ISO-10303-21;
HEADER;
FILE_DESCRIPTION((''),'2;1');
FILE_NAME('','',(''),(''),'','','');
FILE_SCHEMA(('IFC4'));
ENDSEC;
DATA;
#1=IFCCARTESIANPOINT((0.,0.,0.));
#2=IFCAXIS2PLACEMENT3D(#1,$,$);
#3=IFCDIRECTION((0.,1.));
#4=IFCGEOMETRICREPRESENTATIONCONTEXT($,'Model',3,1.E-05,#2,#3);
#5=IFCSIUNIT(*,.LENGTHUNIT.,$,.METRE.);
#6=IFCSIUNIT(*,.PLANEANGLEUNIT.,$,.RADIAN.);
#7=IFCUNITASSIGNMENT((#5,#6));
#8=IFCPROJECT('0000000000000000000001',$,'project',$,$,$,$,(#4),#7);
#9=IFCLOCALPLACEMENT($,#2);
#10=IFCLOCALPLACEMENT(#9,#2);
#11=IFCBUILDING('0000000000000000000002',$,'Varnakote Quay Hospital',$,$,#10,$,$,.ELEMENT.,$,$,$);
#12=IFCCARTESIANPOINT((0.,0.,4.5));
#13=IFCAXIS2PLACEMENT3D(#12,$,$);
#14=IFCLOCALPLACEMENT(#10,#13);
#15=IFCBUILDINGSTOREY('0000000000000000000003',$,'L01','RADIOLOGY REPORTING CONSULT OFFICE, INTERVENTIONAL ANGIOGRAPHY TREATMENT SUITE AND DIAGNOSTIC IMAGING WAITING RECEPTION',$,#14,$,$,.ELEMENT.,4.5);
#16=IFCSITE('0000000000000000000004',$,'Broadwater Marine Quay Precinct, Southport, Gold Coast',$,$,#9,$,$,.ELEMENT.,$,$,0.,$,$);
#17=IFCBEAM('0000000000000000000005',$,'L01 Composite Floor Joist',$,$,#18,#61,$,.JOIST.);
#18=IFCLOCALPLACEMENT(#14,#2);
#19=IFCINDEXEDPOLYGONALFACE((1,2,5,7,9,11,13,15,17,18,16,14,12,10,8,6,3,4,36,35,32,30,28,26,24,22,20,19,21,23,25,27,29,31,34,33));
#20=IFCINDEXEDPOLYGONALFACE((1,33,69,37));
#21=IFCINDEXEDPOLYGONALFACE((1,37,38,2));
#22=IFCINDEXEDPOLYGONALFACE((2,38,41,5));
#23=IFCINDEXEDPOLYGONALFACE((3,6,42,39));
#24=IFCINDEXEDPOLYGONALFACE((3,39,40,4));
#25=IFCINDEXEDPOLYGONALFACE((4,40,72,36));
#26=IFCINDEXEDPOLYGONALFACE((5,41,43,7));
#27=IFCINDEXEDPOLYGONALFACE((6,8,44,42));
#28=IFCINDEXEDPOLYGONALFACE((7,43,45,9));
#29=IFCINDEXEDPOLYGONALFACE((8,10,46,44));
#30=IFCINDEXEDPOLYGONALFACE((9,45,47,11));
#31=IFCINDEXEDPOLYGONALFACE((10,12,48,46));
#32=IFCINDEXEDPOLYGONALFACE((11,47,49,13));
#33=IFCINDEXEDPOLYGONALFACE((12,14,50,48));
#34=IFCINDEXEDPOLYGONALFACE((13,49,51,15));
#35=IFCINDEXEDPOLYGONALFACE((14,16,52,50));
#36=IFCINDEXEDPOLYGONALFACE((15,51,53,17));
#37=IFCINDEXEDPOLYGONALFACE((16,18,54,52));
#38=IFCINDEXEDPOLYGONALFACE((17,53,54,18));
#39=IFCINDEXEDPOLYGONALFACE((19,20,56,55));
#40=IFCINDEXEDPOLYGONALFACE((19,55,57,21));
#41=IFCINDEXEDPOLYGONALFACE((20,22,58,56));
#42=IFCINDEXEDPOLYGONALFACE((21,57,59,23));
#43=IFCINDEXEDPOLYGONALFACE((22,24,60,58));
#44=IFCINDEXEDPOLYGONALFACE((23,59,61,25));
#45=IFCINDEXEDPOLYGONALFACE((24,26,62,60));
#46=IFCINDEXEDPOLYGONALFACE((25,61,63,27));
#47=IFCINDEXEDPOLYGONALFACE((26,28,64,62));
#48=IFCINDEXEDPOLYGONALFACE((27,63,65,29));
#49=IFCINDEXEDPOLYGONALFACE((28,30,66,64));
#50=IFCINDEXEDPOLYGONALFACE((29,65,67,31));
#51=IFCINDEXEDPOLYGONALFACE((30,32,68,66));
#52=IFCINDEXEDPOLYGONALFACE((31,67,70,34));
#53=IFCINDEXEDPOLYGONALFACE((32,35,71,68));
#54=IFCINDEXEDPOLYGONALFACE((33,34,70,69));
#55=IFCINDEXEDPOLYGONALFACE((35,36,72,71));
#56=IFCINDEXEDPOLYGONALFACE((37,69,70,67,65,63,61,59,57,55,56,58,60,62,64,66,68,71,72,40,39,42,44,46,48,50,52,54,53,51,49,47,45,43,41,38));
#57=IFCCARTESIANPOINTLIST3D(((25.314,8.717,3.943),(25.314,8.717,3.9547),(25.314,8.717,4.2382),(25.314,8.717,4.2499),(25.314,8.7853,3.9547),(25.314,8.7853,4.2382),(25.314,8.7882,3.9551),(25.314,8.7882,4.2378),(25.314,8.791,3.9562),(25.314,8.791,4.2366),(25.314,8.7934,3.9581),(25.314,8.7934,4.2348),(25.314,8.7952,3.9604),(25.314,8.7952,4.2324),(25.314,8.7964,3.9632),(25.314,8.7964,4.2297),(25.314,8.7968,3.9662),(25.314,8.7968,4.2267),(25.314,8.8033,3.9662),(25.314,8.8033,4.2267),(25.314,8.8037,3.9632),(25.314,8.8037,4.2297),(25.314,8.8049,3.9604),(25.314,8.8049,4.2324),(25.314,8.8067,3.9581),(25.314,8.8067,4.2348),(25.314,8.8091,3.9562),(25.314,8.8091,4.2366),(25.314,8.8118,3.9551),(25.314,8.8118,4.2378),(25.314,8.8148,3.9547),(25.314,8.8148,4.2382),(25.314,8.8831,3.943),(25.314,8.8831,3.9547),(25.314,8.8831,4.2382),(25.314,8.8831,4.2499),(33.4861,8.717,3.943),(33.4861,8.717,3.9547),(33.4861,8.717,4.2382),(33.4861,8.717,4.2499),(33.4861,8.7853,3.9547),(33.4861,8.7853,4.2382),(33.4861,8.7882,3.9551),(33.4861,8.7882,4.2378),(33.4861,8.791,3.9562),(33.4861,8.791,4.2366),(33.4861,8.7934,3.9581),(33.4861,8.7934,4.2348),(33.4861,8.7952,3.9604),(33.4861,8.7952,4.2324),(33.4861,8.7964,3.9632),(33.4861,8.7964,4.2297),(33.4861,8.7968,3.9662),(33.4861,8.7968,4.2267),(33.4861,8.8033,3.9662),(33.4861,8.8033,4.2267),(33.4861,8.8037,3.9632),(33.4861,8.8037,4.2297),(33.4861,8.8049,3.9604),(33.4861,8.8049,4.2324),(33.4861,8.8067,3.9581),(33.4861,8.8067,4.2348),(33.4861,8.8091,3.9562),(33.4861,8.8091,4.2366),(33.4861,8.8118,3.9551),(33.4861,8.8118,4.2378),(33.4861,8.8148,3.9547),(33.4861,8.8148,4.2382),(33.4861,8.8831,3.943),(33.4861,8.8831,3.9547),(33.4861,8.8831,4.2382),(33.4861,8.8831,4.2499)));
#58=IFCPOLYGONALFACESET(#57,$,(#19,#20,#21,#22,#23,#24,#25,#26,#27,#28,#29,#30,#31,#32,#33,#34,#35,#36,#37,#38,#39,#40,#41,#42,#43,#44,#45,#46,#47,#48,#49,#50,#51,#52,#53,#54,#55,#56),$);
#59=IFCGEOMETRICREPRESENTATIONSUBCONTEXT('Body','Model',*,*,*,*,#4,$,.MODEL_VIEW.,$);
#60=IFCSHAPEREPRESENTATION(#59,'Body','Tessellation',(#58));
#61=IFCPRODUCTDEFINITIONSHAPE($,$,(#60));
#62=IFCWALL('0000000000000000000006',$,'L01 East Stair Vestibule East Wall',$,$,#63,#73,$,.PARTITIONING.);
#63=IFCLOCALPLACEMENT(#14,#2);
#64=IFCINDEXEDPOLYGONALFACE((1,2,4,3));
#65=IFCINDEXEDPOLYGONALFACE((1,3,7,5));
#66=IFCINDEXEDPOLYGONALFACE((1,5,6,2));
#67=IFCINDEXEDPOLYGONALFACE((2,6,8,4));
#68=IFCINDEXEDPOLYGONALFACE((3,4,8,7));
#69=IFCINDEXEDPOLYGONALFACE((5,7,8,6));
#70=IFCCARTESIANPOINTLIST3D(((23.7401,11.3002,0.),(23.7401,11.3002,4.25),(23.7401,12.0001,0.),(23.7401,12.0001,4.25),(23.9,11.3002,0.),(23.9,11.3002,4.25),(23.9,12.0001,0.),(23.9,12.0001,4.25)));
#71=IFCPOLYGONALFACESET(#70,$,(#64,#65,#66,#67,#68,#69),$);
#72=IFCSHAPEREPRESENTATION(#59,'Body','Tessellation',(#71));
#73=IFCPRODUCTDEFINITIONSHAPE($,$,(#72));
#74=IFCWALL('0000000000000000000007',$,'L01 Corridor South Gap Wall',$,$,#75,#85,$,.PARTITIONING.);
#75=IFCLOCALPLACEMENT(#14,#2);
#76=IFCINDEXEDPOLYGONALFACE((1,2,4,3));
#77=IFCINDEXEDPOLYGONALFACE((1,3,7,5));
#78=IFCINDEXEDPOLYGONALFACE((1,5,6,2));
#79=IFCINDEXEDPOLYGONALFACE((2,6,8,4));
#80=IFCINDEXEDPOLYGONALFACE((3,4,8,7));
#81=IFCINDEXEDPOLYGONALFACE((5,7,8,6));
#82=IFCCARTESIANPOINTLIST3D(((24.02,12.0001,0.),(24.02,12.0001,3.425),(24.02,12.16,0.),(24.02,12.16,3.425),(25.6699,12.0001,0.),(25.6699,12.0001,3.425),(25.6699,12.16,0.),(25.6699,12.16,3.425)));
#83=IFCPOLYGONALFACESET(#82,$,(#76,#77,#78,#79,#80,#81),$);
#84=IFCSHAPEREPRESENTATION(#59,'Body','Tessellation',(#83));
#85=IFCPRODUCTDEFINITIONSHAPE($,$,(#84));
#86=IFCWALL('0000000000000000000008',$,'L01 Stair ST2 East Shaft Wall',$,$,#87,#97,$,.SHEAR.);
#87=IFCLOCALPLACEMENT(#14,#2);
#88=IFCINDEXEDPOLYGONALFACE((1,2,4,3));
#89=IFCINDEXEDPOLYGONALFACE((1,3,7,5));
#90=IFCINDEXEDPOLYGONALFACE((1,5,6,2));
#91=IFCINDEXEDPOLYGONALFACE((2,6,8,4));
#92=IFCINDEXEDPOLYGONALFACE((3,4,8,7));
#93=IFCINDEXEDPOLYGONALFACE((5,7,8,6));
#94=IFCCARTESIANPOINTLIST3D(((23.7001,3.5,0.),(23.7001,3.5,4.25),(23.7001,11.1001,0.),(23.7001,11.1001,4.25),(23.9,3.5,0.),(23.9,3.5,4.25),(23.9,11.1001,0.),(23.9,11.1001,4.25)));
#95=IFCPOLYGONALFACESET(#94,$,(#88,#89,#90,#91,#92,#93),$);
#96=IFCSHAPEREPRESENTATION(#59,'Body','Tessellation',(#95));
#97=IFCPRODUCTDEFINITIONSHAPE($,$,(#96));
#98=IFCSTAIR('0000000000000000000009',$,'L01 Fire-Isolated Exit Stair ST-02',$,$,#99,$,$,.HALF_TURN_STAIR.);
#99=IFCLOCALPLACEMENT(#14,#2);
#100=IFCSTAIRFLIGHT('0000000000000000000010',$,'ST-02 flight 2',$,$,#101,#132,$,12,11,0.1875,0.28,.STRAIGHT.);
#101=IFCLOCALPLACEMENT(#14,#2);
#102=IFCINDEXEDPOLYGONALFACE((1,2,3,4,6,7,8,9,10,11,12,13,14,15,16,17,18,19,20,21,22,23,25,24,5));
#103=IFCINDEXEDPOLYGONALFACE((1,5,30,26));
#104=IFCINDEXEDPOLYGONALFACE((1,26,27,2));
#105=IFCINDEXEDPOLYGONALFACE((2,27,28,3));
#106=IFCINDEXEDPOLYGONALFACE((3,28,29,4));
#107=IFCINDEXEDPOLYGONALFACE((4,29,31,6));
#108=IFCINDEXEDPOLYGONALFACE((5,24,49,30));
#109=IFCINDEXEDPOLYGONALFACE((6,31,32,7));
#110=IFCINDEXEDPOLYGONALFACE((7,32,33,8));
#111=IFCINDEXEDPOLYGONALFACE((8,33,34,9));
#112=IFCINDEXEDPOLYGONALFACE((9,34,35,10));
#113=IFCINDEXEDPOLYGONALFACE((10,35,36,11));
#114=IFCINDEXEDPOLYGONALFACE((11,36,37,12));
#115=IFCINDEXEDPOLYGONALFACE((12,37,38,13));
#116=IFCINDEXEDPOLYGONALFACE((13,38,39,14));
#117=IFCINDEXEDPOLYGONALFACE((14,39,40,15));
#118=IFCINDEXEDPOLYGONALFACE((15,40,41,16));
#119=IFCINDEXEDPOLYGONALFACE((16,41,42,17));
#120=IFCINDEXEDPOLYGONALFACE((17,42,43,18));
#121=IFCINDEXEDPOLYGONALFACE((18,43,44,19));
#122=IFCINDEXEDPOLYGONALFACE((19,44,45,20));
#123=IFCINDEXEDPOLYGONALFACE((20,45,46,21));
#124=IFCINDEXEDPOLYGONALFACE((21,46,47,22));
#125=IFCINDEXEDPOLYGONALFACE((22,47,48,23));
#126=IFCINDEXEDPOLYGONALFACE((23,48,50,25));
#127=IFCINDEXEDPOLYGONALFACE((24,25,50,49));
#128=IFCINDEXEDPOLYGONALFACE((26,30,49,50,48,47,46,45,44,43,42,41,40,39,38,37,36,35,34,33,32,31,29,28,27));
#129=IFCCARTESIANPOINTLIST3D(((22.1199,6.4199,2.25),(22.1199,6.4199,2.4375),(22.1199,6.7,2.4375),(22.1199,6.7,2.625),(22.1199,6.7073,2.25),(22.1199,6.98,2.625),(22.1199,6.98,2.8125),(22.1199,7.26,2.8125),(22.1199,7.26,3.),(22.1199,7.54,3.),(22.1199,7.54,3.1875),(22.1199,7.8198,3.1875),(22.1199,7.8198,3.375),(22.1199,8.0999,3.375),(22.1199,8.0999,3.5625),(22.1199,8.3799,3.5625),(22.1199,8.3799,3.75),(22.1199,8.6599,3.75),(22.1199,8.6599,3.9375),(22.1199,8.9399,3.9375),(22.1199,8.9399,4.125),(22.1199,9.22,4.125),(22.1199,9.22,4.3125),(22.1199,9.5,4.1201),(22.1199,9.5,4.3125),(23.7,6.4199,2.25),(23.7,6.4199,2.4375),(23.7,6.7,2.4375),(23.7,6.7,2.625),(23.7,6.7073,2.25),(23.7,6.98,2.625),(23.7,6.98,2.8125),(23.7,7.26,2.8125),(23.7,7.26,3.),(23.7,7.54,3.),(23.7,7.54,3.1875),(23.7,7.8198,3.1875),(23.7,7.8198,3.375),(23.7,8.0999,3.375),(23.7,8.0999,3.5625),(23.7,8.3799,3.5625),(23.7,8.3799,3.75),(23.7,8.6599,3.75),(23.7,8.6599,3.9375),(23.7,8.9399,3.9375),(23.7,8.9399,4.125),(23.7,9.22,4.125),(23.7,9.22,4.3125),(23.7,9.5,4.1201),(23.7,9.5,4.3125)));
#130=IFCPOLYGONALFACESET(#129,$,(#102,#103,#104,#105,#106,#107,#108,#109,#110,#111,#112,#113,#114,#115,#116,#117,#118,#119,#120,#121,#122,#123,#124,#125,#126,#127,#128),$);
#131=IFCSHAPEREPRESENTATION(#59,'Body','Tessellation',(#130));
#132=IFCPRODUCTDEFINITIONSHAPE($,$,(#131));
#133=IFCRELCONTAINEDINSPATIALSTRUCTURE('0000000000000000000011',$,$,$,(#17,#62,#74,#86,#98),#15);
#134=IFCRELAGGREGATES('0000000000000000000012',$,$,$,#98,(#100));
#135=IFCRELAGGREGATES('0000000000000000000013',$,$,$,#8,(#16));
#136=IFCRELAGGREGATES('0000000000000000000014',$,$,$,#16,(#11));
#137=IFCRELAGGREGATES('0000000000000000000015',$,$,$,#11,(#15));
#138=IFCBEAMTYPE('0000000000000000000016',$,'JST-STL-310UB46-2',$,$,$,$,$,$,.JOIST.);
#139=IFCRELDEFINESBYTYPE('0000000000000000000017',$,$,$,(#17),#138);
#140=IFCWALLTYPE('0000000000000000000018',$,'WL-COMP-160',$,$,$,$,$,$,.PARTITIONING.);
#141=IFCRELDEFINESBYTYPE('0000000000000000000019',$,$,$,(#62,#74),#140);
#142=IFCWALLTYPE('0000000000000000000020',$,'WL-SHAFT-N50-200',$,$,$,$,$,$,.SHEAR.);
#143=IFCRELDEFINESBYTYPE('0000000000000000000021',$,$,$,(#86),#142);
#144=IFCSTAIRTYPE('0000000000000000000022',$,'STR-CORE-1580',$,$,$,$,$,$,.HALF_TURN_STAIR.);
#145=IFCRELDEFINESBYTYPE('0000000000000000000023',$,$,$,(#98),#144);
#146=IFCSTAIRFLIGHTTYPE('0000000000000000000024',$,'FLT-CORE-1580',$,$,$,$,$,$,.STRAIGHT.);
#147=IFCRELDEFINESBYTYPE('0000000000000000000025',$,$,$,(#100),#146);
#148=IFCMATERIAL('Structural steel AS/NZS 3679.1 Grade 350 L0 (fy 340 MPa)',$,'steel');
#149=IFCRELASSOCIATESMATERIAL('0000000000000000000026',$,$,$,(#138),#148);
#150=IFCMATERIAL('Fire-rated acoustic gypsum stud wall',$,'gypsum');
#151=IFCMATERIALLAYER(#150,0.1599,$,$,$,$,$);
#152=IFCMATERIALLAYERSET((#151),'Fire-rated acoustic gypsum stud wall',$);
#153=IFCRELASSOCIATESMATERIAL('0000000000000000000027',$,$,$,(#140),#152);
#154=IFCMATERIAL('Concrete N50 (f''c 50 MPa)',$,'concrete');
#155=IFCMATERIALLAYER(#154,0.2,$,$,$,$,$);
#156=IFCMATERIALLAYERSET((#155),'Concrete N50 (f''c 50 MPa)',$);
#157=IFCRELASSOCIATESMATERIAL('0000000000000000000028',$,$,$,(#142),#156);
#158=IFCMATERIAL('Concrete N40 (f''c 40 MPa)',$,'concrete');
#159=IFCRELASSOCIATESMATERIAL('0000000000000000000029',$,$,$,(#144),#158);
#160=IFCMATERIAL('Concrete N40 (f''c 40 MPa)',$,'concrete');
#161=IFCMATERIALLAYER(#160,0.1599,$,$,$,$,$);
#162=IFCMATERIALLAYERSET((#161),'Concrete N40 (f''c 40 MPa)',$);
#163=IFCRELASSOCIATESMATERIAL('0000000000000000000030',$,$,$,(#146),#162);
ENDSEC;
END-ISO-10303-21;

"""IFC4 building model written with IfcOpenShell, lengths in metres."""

from ifc_helpers import new_model, si_unit, direction, frame, frame_2d, origin, origin_2d, place, context, subcontext, project, spatial, polyline, rectangle, i_section, outline, extrude, material, layer, layer_set, material_profile, profile_set, type_object, element, aggregate, save


model = new_model("IFC4")

# Units and contexts
model_context = context("Model", 3, precision=1e-05, world=origin(), true_north=direction((0.0, 1.0)))
body_context = subcontext(model_context, "Body", "Model", "MODEL_VIEW")
ifc_project = project(units=[si_unit("LENGTHUNIT", "METRE"), si_unit("PLANEANGLEUNIT", "RADIAN")], contexts=[model_context])

# Site, building, storey
site_placement = place(None, origin())
site = spatial("IfcSite", under=ifc_project, at=site_placement, Name="Broadwater Marine Quay Precinct, Southport, Gold Coast", CompositionType="ELEMENT", RefElevation=0.0)
building_placement = place(site_placement, origin())
building = spatial("IfcBuilding", under=site, at=building_placement, Name="Varnakote Quay Hospital", CompositionType="ELEMENT")
storey_placement = place(building_placement, frame((0.0, 0.0, 4.5)))
storey = spatial("IfcBuildingStorey", under=building, at=storey_placement, Name="L01", Description="RADIOLOGY REPORTING CONSULT OFFICE, INTERVENTIONAL ANGIOGRAPHY TREATMENT SUITE AND DIAGNOSTIC IMAGING WAITING RECEPTION", CompositionType="ELEMENT", Elevation=4.5)

# Beam
ifc_material_1 = material(Name="Structural steel AS/NZS 3679.1 Grade 350 L0 (fy 340 MPa)", Category="steel")
ifc_material_profile_1 = material_profile(ifc_material_1, i_section(OverallWidth=0.166, OverallDepth=0.3069, WebThickness=0.0066, FlangeThickness=0.0117, FilletRadius=0.0115, at=origin_2d()), Name="310UB46.2")
ifc_profile_set_1 = profile_set([ifc_material_profile_1], Name="Structural steel AS/NZS 3679.1 Grade 350 L0 (fy 340 MPa)")
beam_type_1 = type_object("IfcBeamType", Name="JST-STL-310UB46-2", PredefinedType="JOIST", material=ifc_profile_set_1)
beam_1_placement = place(storey_placement, frame((25.314, 8.8, 4.0964), z_axis=(1.0, 0.0, 0.0), x_axis=(0.0, 1.0, 0.0)))
element("IfcBeam", 1, at=beam_1_placement, inside=storey, type_object=beam_type_1, Name="L01 Composite Floor Joist", PredefinedType="JOIST", context=body_context, shape_type="SweptSolid", body=[
    extrude(i_section(OverallWidth=0.166, OverallDepth=0.3069, WebThickness=0.0066, FlangeThickness=0.0117, FilletRadius=0.0115, at=origin_2d()), origin(), (0.0, 0.0, 1.0), 8.1721),
])

# Walls
ifc_material_2 = material(Name="Fire-rated acoustic gypsum stud wall", Category="gypsum")
ifc_layer_1 = layer(ifc_material_2, 0.1599)
ifc_layer_set_1 = layer_set([ifc_layer_1], Name="Fire-rated acoustic gypsum stud wall")
wall_type_1 = type_object("IfcWallType", Name="WL-COMP-160", PredefinedType="PARTITIONING", material=ifc_layer_set_1)
wall_1_placement = place(storey_placement, frame((23.8201, 11.3, 0.0), z_axis=(0.0, 0.0, 1.0), x_axis=(0.0, 1.0, 0.0)))
element("IfcWall", 2, at=wall_1_placement, inside=storey, type_object=wall_type_1, Name="L01 East Stair Vestibule East Wall", PredefinedType="PARTITIONING", context=body_context, shape_type="SweptSolid", body=[
    extrude(rectangle(XDim=0.7, YDim=0.1599, at=frame_2d((0.3501, 0.0))), origin(), (0.0, 0.0, 1.0), 4.25),
])
wall_2_placement = place(storey_placement, frame((24.02, 12.0801, 0.0), z_axis=(0.0, 0.0, 1.0), x_axis=(1.0, 0.0, 0.0)))
element("IfcWall", 3, at=wall_2_placement, inside=storey, type_object=wall_type_1, Name="L01 Corridor South Gap Wall", PredefinedType="PARTITIONING", context=body_context, shape_type="SweptSolid", body=[
    extrude(rectangle(XDim=1.6499, YDim=0.1599, at=frame_2d((0.825, 0.0))), origin(), (0.0, 0.0, 1.0), 3.425),
])
ifc_material_3 = material(Name="Concrete N50 (f'c 50 MPa)", Category="concrete")
ifc_layer_2 = layer(ifc_material_3, 0.2)
ifc_layer_set_2 = layer_set([ifc_layer_2], Name="Concrete N50 (f'c 50 MPa)")
wall_type_2 = type_object("IfcWallType", Name="WL-SHAFT-N50-200", PredefinedType="SHEAR", material=ifc_layer_set_2)
wall_3_placement = place(storey_placement, frame((23.8, 3.5, 0.0), z_axis=(0.0, 0.0, 1.0), x_axis=(0.0, 1.0, 0.0)))
element("IfcWall", 4, at=wall_3_placement, inside=storey, type_object=wall_type_2, Name="L01 Stair ST2 East Shaft Wall", PredefinedType="SHEAR", context=body_context, shape_type="SweptSolid", body=[
    extrude(rectangle(XDim=7.6001, YDim=0.2, at=frame_2d((3.8, 0.0))), origin(), (0.0, 0.0, 1.0), 4.25),
])

# Stair, stair flight
ifc_material_4 = material(Name="Concrete N40 (f'c 40 MPa)", Category="concrete")
stair_type = type_object("IfcStairType", Name="STR-CORE-1580", PredefinedType="HALF_TURN_STAIR", material=ifc_material_4)
stair_placement = place(storey_placement, origin())
stair = element("IfcStair", 5, at=stair_placement, inside=storey, type_object=stair_type, Name="L01 Fire-Isolated Exit Stair ST-02", PredefinedType="HALF_TURN_STAIR")
ifc_material_5 = material(Name="Concrete N40 (f'c 40 MPa)", Category="concrete")
ifc_layer_3 = layer(ifc_material_5, 0.1599)
ifc_layer_set_3 = layer_set([ifc_layer_3], Name="Concrete N40 (f'c 40 MPa)")
stair_flight_type = type_object("IfcStairFlightType", Name="FLT-CORE-1580", PredefinedType="STRAIGHT", material=ifc_layer_set_3)
stair_flight_placement = place(storey_placement, frame((22.9099, 6.4199, 2.25), z_axis=(0.0, 0.0, 1.0), x_axis=(0.0, 1.0, 0.0)))
stair_flight = element("IfcStairFlight", 6, at=stair_flight_placement, type_object=stair_flight_type, Name="ST-02 flight 2", NumberOfRisers=12, NumberOfTreads=11, PredefinedType="STRAIGHT", RiserHeight=0.1875, TreadLength=0.28, context=body_context, shape_type="SweptSolid", body=[
    extrude(outline(polyline([(0.0, 0.0), (0.0, 0.1875), (0.28, 0.1875), (0.28, 0.375), (0.5601, 0.375), (0.5601, 0.5625), (0.8401, 0.5625), (0.8401, 0.75), (1.1201, 0.75), (1.1201, 0.9375), (1.3999, 0.9375), (1.3999, 1.125), (1.6799, 1.125), (1.6799, 1.3125), (1.96, 1.3125), (1.96, 1.5), (2.24, 1.5), (2.24, 1.6875), (2.52, 1.6875), (2.52, 1.875), (2.8, 1.875), (2.8, 2.0625), (3.0801, 2.0625), (3.0801, 2.25), (3.0801, 1.8701), (0.2874, 0.0), (0.0, 0.0)])), frame((0.0, 0.79, 0.0), z_axis=(0.0, -1.0, 0.0), x_axis=(1.0, 0.0, 0.0)), (0.0, 0.0, 1.0), 1.5801),
])
aggregate(stair, [stair_flight])

save(model, "model.ifc")
